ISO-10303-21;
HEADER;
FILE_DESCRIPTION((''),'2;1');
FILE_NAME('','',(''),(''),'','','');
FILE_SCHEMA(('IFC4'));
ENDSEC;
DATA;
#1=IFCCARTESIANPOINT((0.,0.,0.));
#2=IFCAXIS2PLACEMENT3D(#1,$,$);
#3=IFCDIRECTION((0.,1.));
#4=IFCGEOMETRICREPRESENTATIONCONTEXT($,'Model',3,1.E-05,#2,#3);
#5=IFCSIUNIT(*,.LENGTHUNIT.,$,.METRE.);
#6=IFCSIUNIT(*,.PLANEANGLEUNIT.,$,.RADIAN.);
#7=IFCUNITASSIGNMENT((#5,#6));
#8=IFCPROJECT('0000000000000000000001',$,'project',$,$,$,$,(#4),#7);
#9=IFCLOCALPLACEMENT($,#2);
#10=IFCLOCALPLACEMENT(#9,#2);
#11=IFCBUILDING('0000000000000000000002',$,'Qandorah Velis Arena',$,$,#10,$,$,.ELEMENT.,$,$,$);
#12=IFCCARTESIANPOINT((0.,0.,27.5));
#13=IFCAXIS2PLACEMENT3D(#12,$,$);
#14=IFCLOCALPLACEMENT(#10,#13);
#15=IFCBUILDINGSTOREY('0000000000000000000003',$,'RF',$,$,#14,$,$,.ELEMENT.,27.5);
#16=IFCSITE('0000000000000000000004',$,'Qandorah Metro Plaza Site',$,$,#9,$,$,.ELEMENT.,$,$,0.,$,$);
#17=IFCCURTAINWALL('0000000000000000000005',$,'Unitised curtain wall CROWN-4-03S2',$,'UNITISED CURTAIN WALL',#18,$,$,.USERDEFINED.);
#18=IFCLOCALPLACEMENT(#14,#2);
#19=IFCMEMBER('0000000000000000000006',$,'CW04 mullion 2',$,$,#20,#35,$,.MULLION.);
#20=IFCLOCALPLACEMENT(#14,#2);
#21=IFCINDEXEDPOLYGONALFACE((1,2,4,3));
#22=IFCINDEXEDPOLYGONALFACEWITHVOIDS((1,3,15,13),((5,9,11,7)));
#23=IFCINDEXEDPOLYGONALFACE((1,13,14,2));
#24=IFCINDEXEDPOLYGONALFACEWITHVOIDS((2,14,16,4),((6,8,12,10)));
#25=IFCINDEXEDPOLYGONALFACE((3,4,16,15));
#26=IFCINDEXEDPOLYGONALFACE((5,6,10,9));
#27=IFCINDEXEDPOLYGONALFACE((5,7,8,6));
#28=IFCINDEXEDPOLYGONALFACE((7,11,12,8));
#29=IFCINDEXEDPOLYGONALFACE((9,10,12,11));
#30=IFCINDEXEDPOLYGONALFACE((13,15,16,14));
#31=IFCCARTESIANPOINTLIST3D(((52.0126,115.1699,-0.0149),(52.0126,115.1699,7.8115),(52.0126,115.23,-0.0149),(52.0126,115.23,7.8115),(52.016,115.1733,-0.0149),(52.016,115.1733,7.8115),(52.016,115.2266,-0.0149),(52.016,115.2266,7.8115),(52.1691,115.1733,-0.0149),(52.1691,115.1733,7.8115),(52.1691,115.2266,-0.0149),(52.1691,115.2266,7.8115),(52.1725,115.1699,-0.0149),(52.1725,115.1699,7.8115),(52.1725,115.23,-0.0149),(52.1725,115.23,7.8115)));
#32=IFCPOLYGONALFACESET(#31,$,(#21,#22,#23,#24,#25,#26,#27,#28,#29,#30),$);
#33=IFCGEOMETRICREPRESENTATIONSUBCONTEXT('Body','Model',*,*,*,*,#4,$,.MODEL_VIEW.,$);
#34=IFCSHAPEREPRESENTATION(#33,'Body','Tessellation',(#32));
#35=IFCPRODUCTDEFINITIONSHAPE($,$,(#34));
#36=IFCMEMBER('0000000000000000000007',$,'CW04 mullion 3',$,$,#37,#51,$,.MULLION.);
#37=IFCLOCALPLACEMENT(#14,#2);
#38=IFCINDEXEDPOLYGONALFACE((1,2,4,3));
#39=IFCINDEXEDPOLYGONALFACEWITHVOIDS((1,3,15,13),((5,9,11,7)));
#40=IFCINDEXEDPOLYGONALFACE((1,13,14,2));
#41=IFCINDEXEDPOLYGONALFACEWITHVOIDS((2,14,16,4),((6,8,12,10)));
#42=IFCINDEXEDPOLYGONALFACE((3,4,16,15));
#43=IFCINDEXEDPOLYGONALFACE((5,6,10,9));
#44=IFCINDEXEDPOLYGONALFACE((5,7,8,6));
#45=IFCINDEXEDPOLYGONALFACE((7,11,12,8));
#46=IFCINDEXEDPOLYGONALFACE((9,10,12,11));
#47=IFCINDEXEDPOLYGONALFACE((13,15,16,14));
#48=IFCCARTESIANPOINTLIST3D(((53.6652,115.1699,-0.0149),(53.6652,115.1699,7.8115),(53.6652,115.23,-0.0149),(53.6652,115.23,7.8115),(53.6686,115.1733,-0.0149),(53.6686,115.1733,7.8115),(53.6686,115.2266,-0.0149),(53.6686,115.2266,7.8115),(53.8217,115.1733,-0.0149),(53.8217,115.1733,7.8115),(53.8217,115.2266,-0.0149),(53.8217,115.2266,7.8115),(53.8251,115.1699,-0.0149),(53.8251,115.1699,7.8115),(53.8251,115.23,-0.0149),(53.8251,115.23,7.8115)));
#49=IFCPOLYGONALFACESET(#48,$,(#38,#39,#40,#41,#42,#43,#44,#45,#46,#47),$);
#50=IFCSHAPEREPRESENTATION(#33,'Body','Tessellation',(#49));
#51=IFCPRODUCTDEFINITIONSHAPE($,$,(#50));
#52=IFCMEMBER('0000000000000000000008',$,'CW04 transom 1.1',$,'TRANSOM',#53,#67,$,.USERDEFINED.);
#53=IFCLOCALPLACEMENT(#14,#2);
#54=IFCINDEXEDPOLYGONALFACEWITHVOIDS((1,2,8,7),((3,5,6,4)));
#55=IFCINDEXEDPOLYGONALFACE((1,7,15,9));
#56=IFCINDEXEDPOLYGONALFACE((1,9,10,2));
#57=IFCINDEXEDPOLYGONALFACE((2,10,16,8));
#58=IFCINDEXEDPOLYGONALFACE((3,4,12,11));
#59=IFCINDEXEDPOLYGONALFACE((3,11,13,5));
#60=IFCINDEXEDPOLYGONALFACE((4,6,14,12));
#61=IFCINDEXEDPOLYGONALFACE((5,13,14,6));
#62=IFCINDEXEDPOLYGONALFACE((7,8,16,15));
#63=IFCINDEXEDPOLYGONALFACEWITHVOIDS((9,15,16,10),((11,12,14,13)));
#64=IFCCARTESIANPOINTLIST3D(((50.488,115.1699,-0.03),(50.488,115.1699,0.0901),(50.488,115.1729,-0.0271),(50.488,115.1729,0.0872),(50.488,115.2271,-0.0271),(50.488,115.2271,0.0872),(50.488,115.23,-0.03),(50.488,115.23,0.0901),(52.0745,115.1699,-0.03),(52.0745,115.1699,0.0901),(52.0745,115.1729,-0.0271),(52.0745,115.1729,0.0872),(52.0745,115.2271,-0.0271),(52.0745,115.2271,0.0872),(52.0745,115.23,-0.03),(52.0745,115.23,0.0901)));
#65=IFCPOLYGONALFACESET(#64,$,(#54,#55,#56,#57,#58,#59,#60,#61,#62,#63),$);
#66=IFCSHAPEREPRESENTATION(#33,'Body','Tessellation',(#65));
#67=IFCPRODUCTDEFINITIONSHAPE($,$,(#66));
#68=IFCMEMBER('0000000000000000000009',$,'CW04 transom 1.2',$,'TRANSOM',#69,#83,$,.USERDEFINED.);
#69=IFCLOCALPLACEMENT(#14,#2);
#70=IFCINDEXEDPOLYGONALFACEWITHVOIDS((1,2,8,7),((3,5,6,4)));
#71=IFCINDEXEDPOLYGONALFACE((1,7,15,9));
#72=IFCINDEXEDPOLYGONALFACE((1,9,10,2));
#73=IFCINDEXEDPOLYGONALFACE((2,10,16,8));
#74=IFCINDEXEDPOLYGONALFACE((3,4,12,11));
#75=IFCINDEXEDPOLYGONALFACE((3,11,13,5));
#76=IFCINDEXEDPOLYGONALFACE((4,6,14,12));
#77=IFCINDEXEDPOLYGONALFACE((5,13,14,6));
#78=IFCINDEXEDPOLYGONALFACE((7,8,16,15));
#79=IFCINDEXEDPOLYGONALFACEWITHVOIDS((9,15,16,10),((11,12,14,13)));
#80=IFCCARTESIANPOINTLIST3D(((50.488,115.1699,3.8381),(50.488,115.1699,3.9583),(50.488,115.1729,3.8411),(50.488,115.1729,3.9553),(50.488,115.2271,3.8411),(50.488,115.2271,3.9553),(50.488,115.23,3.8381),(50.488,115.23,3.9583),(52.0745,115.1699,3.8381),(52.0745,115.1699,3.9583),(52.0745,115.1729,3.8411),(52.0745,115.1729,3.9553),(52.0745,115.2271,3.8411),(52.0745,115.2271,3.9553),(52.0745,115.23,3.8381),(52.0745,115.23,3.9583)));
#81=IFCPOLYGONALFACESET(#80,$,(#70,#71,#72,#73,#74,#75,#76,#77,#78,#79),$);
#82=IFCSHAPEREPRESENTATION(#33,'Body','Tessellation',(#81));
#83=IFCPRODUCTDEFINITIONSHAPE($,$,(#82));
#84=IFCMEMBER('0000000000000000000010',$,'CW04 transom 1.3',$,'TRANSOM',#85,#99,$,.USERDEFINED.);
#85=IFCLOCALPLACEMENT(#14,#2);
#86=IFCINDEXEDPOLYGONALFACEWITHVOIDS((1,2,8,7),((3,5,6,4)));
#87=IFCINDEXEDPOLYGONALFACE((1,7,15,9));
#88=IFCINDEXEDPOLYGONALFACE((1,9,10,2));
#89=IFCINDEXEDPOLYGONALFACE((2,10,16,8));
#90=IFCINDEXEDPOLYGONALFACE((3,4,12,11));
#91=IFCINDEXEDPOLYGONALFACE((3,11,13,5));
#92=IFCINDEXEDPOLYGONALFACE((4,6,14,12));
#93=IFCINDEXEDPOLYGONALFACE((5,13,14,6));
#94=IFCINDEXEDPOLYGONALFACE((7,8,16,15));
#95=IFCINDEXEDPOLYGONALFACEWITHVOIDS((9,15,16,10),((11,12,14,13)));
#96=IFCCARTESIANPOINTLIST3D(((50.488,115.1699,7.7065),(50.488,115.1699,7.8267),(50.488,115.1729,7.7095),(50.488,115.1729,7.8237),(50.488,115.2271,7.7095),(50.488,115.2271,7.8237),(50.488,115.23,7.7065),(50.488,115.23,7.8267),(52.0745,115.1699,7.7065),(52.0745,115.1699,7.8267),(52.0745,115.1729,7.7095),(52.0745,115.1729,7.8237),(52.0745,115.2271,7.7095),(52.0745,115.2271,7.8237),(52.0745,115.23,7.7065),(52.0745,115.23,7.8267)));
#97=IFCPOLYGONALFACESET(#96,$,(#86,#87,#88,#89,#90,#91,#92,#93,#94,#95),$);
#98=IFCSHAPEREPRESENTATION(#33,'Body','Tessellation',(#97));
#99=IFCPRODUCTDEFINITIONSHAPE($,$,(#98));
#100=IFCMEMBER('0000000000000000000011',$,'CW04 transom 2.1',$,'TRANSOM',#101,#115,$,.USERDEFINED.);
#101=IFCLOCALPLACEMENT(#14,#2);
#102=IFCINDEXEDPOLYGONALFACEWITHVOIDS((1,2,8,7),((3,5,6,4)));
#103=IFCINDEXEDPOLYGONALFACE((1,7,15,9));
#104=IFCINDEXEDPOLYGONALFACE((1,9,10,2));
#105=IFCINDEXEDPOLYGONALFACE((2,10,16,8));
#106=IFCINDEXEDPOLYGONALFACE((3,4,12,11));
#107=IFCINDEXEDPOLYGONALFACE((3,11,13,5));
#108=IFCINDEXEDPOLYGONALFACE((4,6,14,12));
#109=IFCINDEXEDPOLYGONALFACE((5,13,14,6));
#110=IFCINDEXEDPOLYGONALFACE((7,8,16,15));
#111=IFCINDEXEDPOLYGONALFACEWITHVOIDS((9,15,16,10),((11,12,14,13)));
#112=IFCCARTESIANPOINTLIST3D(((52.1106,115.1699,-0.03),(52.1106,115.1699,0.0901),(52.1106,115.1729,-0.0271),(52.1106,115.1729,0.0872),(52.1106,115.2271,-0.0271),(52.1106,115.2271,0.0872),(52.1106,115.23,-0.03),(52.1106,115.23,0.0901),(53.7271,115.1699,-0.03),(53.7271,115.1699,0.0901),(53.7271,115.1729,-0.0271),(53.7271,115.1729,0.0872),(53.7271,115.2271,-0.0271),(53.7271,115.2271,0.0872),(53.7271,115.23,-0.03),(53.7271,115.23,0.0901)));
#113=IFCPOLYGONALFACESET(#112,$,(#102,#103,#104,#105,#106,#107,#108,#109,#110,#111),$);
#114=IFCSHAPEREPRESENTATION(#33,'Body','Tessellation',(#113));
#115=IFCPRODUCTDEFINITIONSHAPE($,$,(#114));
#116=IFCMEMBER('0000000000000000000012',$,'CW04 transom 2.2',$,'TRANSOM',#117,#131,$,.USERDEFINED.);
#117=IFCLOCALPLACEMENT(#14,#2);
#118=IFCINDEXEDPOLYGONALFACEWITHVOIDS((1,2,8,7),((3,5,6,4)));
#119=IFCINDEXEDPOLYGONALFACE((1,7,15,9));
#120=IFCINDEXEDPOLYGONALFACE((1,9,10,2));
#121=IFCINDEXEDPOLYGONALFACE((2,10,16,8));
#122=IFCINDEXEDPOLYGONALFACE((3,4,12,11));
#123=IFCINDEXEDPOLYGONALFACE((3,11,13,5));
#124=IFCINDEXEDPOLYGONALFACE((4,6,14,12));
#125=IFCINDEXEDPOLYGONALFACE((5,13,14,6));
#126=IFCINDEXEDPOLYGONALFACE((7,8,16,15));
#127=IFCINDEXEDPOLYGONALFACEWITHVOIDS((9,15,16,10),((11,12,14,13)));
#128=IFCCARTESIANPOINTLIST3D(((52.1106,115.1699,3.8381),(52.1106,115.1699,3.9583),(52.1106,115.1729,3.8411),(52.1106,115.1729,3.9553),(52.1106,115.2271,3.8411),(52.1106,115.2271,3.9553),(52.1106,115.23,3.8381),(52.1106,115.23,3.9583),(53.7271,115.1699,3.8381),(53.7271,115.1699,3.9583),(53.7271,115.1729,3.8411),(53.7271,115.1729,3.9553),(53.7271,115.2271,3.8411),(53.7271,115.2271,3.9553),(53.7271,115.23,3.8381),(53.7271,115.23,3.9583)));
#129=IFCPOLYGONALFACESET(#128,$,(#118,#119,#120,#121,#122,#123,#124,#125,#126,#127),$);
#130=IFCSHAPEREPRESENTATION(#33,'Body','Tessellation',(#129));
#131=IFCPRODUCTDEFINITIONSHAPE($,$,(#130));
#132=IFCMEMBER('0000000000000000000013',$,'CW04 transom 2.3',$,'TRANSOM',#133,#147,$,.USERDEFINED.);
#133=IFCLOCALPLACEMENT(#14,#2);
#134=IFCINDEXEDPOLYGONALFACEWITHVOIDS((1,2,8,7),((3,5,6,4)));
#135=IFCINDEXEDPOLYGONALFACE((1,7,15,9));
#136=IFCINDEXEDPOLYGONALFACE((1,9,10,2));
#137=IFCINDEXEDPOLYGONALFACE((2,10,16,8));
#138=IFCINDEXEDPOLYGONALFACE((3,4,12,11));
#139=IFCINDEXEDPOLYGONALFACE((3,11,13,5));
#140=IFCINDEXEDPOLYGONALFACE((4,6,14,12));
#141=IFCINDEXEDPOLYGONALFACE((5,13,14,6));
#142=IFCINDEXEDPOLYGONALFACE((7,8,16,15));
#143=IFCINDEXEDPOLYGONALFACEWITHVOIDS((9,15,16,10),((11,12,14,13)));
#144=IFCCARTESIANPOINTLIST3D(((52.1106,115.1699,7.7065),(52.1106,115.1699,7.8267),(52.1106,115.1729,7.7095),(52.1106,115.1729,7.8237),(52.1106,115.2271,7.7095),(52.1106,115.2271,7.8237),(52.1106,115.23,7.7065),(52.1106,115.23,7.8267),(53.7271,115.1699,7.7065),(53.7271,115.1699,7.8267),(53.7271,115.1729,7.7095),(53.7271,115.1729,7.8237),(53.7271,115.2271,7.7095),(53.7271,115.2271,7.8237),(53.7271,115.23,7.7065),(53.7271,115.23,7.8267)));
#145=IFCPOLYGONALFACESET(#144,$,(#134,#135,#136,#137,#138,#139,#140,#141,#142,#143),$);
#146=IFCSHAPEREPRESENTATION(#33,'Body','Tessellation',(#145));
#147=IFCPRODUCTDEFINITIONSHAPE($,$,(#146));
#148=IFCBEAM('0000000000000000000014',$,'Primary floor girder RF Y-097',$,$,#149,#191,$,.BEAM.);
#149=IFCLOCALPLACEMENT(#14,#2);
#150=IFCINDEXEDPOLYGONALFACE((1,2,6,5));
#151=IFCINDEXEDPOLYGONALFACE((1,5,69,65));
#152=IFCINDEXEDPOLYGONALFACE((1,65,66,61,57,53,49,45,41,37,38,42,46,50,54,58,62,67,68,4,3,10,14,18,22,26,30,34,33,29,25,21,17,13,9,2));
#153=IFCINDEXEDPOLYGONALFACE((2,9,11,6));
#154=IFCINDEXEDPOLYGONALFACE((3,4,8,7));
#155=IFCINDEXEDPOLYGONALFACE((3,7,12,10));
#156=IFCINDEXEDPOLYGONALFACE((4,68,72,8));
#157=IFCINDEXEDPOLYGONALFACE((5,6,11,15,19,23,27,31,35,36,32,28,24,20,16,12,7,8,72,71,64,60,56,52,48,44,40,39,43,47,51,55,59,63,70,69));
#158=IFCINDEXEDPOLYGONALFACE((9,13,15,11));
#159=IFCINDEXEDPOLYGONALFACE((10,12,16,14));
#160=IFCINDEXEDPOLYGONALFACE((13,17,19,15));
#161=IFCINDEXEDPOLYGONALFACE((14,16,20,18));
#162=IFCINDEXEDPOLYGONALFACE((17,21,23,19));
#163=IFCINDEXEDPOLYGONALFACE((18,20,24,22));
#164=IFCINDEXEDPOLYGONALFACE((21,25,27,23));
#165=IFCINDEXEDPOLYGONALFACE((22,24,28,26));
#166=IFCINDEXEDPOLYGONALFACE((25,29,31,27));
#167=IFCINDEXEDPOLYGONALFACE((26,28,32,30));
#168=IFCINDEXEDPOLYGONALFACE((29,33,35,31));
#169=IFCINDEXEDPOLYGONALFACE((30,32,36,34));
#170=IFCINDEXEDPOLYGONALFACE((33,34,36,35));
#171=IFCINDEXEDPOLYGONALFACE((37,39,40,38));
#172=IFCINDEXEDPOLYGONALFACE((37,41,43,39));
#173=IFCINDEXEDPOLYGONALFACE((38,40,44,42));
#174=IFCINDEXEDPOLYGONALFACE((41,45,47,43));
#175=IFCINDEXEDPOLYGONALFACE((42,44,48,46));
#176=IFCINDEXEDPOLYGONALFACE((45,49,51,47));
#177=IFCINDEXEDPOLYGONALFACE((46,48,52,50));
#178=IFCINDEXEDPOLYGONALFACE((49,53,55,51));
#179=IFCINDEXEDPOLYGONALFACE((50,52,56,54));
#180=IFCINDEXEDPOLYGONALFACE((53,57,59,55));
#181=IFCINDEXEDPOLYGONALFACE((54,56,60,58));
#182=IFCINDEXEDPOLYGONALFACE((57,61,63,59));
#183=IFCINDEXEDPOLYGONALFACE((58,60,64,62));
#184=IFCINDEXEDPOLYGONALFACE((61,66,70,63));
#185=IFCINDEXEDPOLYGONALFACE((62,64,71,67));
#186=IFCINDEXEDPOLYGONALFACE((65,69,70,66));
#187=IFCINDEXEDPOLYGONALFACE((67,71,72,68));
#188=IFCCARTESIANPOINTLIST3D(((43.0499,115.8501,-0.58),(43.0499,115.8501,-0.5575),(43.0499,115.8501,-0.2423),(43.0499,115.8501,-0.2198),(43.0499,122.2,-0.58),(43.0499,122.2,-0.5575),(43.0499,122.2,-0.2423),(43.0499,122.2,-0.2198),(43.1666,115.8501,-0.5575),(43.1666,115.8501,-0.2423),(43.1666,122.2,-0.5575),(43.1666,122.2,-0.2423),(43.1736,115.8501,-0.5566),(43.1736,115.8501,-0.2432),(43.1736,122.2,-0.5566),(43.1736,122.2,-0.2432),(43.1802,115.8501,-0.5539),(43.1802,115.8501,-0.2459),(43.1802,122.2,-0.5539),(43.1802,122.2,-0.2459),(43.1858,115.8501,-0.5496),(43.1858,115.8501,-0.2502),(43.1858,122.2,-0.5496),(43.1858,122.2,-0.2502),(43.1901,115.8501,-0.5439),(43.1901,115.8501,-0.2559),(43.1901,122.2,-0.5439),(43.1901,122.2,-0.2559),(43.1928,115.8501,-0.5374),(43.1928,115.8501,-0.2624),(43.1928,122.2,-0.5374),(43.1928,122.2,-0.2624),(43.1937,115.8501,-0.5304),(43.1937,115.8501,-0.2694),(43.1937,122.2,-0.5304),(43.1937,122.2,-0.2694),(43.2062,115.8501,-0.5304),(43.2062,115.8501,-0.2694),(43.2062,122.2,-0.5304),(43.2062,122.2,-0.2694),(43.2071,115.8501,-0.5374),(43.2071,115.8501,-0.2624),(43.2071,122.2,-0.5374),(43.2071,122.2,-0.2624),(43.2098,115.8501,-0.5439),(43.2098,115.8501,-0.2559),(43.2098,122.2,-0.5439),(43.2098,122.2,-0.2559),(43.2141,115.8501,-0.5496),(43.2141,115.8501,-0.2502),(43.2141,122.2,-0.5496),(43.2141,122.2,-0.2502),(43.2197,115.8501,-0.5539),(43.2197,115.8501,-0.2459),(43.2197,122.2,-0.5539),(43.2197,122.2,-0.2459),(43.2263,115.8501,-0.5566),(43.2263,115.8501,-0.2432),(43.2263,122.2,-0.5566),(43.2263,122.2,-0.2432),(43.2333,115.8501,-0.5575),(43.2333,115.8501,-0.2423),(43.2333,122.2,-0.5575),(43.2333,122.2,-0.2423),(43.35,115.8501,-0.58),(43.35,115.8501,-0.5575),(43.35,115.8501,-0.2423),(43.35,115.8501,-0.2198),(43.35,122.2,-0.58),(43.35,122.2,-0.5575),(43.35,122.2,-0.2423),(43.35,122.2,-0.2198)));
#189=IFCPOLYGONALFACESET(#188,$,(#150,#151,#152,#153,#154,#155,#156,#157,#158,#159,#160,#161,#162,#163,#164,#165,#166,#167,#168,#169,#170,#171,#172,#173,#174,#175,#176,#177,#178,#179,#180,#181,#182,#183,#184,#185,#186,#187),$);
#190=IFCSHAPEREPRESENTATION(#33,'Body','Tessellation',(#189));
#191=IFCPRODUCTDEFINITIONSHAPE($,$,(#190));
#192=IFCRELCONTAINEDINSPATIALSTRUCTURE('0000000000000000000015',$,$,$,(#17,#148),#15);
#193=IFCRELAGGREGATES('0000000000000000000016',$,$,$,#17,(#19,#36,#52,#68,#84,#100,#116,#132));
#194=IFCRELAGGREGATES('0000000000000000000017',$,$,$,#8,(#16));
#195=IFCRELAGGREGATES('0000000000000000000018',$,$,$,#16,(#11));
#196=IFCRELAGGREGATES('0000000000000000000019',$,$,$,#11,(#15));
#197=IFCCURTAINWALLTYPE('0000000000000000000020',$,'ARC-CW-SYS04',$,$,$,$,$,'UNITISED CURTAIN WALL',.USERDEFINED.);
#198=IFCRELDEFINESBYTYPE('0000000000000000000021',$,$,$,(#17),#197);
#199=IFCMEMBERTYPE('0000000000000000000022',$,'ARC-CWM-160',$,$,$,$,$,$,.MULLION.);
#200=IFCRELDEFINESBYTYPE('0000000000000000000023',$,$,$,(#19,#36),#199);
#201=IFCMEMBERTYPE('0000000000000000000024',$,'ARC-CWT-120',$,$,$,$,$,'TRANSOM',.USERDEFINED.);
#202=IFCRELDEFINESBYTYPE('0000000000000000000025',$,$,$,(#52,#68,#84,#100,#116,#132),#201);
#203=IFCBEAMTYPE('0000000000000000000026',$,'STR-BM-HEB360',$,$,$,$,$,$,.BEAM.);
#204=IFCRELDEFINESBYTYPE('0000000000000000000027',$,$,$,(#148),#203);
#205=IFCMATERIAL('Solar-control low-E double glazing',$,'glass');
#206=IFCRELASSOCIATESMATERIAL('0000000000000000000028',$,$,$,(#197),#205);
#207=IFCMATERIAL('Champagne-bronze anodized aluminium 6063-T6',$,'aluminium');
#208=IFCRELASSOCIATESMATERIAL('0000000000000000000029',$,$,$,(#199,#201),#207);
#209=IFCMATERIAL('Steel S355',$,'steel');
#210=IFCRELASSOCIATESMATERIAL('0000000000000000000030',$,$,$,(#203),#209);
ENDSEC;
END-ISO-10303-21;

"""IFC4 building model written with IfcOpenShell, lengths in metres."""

from ifc_helpers import new_model, si_unit, direction, frame, origin, origin_2d, place, context, subcontext, project, spatial, hollow_rectangle, i_section, extrude, material, material_profile, profile_set, type_object, element, aggregate, save


model = new_model("IFC4")

# Units and contexts
model_context = context("Model", 3, precision=1e-05, world=origin(), true_north=direction((0.0, 1.0)))
body_context = subcontext(model_context, "Body", "Model", "MODEL_VIEW")
ifc_project = project(units=[si_unit("LENGTHUNIT", "METRE"), si_unit("PLANEANGLEUNIT", "RADIAN")], contexts=[model_context])

# Site, building, storey
site_placement = place(None, origin())
site = spatial("IfcSite", under=ifc_project, at=site_placement, Name="Qandorah Metro Plaza Site", CompositionType="ELEMENT", RefElevation=0.0)
building_placement = place(site_placement, origin())
building = spatial("IfcBuilding", under=site, at=building_placement, Name="Qandorah Velis Arena", CompositionType="ELEMENT")
storey_placement = place(building_placement, frame((0.0, 0.0, 27.5)))
storey = spatial("IfcBuildingStorey", under=building, at=storey_placement, Name="RF", CompositionType="ELEMENT", Elevation=27.5)

# Curtain wall, members
ifc_material_1 = material(Name="Solar-control low-E double glazing", Category="glass")
curtain_wall_type = type_object("IfcCurtainWallType", Name="ARC-CW-SYS04", ElementType="UNITISED CURTAIN WALL", PredefinedType="USERDEFINED", material=ifc_material_1)
curtain_wall_placement = place(storey_placement, origin())
curtain_wall = element("IfcCurtainWall", 1, at=curtain_wall_placement, inside=storey, type_object=curtain_wall_type, Name="Unitised curtain wall CROWN-4-03S2", ObjectType="UNITISED CURTAIN WALL", PredefinedType="USERDEFINED")
ifc_material_2 = material(Name="Champagne-bronze anodized aluminium 6063-T6", Category="aluminium")
ifc_material_profile_1 = material_profile(ifc_material_2, hollow_rectangle(XDim=0.0601, YDim=0.1599, WallThickness=0.0034, at=origin_2d()), Name="ALU MULLION 60x160")
ifc_profile_set_1 = profile_set([ifc_material_profile_1], Name="Champagne-bronze anodized aluminium 6063-T6")
member_type_1 = type_object("IfcMemberType", Name="ARC-CWM-160", PredefinedType="MULLION", material=ifc_profile_set_1)
member_1_placement = place(storey_placement, frame((52.0925, 115.2, -0.0149), z_axis=(0.0, 0.0, 1.0), x_axis=(0.0, 1.0, 0.0)))
member_1 = element("IfcMember", 2, at=member_1_placement, type_object=member_type_1, Name="CW04 mullion 2", PredefinedType="MULLION", context=body_context, shape_type="SweptSolid", body=[
    extrude(hollow_rectangle(XDim=0.0601, YDim=0.1599, WallThickness=0.0034, at=origin_2d()), origin(), (0.0, 0.0, 1.0), 7.8264),
])
member_2_placement = place(storey_placement, frame((53.7451, 115.2, -0.0149), z_axis=(0.0, 0.0, 1.0), x_axis=(0.0, 1.0, 0.0)))
member_2 = element("IfcMember", 3, at=member_2_placement, type_object=member_type_1, Name="CW04 mullion 3", PredefinedType="MULLION", context=body_context, shape_type="SweptSolid", body=[
    extrude(hollow_rectangle(XDim=0.0601, YDim=0.1599, WallThickness=0.0034, at=origin_2d()), origin(), (0.0, 0.0, 1.0), 7.8264),
])
ifc_material_profile_2 = material_profile(ifc_material_2, hollow_rectangle(XDim=0.0601, YDim=0.1201, WallThickness=0.0029, at=origin_2d()), Name="ALU TRANSOM 60x120")
ifc_profile_set_2 = profile_set([ifc_material_profile_2], Name="Champagne-bronze anodized aluminium 6063-T6")
member_type_2 = type_object("IfcMemberType", Name="ARC-CWT-120", ElementType="TRANSOM", PredefinedType="USERDEFINED", material=ifc_profile_set_2)
member_3_placement = place(storey_placement, frame((50.488, 115.2, 0.03), z_axis=(1.0, 0.0, 0.0), x_axis=(0.0, 1.0, 0.0)))
member_3 = element("IfcMember", 4, at=member_3_placement, type_object=member_type_2, Name="CW04 transom 1.1", ObjectType="TRANSOM", PredefinedType="USERDEFINED", context=body_context, shape_type="SweptSolid", body=[
    extrude(hollow_rectangle(XDim=0.0601, YDim=0.1201, WallThickness=0.0029, at=origin_2d()), origin(), (0.0, 0.0, 1.0), 1.5864),
])
member_4_placement = place(storey_placement, frame((50.488, 115.2, 3.8982), z_axis=(1.0, 0.0, 0.0), x_axis=(0.0, 1.0, 0.0)))
member_4 = element("IfcMember", 5, at=member_4_placement, type_object=member_type_2, Name="CW04 transom 1.2", ObjectType="TRANSOM", PredefinedType="USERDEFINED", context=body_context, shape_type="SweptSolid", body=[
    extrude(hollow_rectangle(XDim=0.0601, YDim=0.1201, WallThickness=0.0029, at=origin_2d()), origin(), (0.0, 0.0, 1.0), 1.5864),
])
member_5_placement = place(storey_placement, frame((50.488, 115.2, 7.7666), z_axis=(1.0, 0.0, 0.0), x_axis=(0.0, 1.0, 0.0)))
member_5 = element("IfcMember", 6, at=member_5_placement, type_object=member_type_2, Name="CW04 transom 1.3", ObjectType="TRANSOM", PredefinedType="USERDEFINED", context=body_context, shape_type="SweptSolid", body=[
    extrude(hollow_rectangle(XDim=0.0601, YDim=0.1201, WallThickness=0.0029, at=origin_2d()), origin(), (0.0, 0.0, 1.0), 1.5864),
])
member_6_placement = place(storey_placement, frame((52.1106, 115.2, 0.03), z_axis=(1.0, 0.0, 0.0), x_axis=(0.0, 1.0, 0.0)))
member_6 = element("IfcMember", 7, at=member_6_placement, type_object=member_type_2, Name="CW04 transom 2.1", ObjectType="TRANSOM", PredefinedType="USERDEFINED", context=body_context, shape_type="SweptSolid", body=[
    extrude(hollow_rectangle(XDim=0.0601, YDim=0.1201, WallThickness=0.0029, at=origin_2d()), origin(), (0.0, 0.0, 1.0), 1.6165),
])
member_7_placement = place(storey_placement, frame((52.1106, 115.2, 3.8982), z_axis=(1.0, 0.0, 0.0), x_axis=(0.0, 1.0, 0.0)))
member_7 = element("IfcMember", 8, at=member_7_placement, type_object=member_type_2, Name="CW04 transom 2.2", ObjectType="TRANSOM", PredefinedType="USERDEFINED", context=body_context, shape_type="SweptSolid", body=[
    extrude(hollow_rectangle(XDim=0.0601, YDim=0.1201, WallThickness=0.0029, at=origin_2d()), origin(), (0.0, 0.0, 1.0), 1.6165),
])
member_8_placement = place(storey_placement, frame((52.1106, 115.2, 7.7666), z_axis=(1.0, 0.0, 0.0), x_axis=(0.0, 1.0, 0.0)))
member_8 = element("IfcMember", 9, at=member_8_placement, type_object=member_type_2, Name="CW04 transom 2.3", ObjectType="TRANSOM", PredefinedType="USERDEFINED", context=body_context, shape_type="SweptSolid", body=[
    extrude(hollow_rectangle(XDim=0.0601, YDim=0.1201, WallThickness=0.0029, at=origin_2d()), origin(), (0.0, 0.0, 1.0), 1.6165),
])

# Beam
ifc_material_3 = material(Name="Steel S355", Category="steel")
ifc_material_profile_3 = material_profile(ifc_material_3, i_section(OverallWidth=0.3, OverallDepth=0.3601, WebThickness=0.0125, FlangeThickness=0.0225, FilletRadius=0.0271, at=origin_2d()), Name="HEB 360")
ifc_profile_set_3 = profile_set([ifc_material_profile_3], Name="Steel S355")
beam_type_1 = type_object("IfcBeamType", Name="STR-BM-HEB360", PredefinedType="BEAM", material=ifc_profile_set_3)
beam_1_placement = place(storey_placement, frame((43.2, 115.8501, -0.3999), z_axis=(0.0, 1.0, 0.0), x_axis=(-1.0, 0.0, 0.0)))
element("IfcBeam", 10, at=beam_1_placement, inside=storey, type_object=beam_type_1, Name="Primary floor girder RF Y-097", PredefinedType="BEAM", context=body_context, shape_type="SweptSolid", body=[
    extrude(i_section(OverallWidth=0.3, OverallDepth=0.3601, WebThickness=0.0125, FlangeThickness=0.0225, FilletRadius=0.0271, at=origin_2d()), origin(), (0.0, 0.0, 1.0), 6.3499),
])

aggregate(curtain_wall, [member_1, member_2, member_3, member_4, member_5, member_6, member_7, member_8])

save(model, "model.ifc")
